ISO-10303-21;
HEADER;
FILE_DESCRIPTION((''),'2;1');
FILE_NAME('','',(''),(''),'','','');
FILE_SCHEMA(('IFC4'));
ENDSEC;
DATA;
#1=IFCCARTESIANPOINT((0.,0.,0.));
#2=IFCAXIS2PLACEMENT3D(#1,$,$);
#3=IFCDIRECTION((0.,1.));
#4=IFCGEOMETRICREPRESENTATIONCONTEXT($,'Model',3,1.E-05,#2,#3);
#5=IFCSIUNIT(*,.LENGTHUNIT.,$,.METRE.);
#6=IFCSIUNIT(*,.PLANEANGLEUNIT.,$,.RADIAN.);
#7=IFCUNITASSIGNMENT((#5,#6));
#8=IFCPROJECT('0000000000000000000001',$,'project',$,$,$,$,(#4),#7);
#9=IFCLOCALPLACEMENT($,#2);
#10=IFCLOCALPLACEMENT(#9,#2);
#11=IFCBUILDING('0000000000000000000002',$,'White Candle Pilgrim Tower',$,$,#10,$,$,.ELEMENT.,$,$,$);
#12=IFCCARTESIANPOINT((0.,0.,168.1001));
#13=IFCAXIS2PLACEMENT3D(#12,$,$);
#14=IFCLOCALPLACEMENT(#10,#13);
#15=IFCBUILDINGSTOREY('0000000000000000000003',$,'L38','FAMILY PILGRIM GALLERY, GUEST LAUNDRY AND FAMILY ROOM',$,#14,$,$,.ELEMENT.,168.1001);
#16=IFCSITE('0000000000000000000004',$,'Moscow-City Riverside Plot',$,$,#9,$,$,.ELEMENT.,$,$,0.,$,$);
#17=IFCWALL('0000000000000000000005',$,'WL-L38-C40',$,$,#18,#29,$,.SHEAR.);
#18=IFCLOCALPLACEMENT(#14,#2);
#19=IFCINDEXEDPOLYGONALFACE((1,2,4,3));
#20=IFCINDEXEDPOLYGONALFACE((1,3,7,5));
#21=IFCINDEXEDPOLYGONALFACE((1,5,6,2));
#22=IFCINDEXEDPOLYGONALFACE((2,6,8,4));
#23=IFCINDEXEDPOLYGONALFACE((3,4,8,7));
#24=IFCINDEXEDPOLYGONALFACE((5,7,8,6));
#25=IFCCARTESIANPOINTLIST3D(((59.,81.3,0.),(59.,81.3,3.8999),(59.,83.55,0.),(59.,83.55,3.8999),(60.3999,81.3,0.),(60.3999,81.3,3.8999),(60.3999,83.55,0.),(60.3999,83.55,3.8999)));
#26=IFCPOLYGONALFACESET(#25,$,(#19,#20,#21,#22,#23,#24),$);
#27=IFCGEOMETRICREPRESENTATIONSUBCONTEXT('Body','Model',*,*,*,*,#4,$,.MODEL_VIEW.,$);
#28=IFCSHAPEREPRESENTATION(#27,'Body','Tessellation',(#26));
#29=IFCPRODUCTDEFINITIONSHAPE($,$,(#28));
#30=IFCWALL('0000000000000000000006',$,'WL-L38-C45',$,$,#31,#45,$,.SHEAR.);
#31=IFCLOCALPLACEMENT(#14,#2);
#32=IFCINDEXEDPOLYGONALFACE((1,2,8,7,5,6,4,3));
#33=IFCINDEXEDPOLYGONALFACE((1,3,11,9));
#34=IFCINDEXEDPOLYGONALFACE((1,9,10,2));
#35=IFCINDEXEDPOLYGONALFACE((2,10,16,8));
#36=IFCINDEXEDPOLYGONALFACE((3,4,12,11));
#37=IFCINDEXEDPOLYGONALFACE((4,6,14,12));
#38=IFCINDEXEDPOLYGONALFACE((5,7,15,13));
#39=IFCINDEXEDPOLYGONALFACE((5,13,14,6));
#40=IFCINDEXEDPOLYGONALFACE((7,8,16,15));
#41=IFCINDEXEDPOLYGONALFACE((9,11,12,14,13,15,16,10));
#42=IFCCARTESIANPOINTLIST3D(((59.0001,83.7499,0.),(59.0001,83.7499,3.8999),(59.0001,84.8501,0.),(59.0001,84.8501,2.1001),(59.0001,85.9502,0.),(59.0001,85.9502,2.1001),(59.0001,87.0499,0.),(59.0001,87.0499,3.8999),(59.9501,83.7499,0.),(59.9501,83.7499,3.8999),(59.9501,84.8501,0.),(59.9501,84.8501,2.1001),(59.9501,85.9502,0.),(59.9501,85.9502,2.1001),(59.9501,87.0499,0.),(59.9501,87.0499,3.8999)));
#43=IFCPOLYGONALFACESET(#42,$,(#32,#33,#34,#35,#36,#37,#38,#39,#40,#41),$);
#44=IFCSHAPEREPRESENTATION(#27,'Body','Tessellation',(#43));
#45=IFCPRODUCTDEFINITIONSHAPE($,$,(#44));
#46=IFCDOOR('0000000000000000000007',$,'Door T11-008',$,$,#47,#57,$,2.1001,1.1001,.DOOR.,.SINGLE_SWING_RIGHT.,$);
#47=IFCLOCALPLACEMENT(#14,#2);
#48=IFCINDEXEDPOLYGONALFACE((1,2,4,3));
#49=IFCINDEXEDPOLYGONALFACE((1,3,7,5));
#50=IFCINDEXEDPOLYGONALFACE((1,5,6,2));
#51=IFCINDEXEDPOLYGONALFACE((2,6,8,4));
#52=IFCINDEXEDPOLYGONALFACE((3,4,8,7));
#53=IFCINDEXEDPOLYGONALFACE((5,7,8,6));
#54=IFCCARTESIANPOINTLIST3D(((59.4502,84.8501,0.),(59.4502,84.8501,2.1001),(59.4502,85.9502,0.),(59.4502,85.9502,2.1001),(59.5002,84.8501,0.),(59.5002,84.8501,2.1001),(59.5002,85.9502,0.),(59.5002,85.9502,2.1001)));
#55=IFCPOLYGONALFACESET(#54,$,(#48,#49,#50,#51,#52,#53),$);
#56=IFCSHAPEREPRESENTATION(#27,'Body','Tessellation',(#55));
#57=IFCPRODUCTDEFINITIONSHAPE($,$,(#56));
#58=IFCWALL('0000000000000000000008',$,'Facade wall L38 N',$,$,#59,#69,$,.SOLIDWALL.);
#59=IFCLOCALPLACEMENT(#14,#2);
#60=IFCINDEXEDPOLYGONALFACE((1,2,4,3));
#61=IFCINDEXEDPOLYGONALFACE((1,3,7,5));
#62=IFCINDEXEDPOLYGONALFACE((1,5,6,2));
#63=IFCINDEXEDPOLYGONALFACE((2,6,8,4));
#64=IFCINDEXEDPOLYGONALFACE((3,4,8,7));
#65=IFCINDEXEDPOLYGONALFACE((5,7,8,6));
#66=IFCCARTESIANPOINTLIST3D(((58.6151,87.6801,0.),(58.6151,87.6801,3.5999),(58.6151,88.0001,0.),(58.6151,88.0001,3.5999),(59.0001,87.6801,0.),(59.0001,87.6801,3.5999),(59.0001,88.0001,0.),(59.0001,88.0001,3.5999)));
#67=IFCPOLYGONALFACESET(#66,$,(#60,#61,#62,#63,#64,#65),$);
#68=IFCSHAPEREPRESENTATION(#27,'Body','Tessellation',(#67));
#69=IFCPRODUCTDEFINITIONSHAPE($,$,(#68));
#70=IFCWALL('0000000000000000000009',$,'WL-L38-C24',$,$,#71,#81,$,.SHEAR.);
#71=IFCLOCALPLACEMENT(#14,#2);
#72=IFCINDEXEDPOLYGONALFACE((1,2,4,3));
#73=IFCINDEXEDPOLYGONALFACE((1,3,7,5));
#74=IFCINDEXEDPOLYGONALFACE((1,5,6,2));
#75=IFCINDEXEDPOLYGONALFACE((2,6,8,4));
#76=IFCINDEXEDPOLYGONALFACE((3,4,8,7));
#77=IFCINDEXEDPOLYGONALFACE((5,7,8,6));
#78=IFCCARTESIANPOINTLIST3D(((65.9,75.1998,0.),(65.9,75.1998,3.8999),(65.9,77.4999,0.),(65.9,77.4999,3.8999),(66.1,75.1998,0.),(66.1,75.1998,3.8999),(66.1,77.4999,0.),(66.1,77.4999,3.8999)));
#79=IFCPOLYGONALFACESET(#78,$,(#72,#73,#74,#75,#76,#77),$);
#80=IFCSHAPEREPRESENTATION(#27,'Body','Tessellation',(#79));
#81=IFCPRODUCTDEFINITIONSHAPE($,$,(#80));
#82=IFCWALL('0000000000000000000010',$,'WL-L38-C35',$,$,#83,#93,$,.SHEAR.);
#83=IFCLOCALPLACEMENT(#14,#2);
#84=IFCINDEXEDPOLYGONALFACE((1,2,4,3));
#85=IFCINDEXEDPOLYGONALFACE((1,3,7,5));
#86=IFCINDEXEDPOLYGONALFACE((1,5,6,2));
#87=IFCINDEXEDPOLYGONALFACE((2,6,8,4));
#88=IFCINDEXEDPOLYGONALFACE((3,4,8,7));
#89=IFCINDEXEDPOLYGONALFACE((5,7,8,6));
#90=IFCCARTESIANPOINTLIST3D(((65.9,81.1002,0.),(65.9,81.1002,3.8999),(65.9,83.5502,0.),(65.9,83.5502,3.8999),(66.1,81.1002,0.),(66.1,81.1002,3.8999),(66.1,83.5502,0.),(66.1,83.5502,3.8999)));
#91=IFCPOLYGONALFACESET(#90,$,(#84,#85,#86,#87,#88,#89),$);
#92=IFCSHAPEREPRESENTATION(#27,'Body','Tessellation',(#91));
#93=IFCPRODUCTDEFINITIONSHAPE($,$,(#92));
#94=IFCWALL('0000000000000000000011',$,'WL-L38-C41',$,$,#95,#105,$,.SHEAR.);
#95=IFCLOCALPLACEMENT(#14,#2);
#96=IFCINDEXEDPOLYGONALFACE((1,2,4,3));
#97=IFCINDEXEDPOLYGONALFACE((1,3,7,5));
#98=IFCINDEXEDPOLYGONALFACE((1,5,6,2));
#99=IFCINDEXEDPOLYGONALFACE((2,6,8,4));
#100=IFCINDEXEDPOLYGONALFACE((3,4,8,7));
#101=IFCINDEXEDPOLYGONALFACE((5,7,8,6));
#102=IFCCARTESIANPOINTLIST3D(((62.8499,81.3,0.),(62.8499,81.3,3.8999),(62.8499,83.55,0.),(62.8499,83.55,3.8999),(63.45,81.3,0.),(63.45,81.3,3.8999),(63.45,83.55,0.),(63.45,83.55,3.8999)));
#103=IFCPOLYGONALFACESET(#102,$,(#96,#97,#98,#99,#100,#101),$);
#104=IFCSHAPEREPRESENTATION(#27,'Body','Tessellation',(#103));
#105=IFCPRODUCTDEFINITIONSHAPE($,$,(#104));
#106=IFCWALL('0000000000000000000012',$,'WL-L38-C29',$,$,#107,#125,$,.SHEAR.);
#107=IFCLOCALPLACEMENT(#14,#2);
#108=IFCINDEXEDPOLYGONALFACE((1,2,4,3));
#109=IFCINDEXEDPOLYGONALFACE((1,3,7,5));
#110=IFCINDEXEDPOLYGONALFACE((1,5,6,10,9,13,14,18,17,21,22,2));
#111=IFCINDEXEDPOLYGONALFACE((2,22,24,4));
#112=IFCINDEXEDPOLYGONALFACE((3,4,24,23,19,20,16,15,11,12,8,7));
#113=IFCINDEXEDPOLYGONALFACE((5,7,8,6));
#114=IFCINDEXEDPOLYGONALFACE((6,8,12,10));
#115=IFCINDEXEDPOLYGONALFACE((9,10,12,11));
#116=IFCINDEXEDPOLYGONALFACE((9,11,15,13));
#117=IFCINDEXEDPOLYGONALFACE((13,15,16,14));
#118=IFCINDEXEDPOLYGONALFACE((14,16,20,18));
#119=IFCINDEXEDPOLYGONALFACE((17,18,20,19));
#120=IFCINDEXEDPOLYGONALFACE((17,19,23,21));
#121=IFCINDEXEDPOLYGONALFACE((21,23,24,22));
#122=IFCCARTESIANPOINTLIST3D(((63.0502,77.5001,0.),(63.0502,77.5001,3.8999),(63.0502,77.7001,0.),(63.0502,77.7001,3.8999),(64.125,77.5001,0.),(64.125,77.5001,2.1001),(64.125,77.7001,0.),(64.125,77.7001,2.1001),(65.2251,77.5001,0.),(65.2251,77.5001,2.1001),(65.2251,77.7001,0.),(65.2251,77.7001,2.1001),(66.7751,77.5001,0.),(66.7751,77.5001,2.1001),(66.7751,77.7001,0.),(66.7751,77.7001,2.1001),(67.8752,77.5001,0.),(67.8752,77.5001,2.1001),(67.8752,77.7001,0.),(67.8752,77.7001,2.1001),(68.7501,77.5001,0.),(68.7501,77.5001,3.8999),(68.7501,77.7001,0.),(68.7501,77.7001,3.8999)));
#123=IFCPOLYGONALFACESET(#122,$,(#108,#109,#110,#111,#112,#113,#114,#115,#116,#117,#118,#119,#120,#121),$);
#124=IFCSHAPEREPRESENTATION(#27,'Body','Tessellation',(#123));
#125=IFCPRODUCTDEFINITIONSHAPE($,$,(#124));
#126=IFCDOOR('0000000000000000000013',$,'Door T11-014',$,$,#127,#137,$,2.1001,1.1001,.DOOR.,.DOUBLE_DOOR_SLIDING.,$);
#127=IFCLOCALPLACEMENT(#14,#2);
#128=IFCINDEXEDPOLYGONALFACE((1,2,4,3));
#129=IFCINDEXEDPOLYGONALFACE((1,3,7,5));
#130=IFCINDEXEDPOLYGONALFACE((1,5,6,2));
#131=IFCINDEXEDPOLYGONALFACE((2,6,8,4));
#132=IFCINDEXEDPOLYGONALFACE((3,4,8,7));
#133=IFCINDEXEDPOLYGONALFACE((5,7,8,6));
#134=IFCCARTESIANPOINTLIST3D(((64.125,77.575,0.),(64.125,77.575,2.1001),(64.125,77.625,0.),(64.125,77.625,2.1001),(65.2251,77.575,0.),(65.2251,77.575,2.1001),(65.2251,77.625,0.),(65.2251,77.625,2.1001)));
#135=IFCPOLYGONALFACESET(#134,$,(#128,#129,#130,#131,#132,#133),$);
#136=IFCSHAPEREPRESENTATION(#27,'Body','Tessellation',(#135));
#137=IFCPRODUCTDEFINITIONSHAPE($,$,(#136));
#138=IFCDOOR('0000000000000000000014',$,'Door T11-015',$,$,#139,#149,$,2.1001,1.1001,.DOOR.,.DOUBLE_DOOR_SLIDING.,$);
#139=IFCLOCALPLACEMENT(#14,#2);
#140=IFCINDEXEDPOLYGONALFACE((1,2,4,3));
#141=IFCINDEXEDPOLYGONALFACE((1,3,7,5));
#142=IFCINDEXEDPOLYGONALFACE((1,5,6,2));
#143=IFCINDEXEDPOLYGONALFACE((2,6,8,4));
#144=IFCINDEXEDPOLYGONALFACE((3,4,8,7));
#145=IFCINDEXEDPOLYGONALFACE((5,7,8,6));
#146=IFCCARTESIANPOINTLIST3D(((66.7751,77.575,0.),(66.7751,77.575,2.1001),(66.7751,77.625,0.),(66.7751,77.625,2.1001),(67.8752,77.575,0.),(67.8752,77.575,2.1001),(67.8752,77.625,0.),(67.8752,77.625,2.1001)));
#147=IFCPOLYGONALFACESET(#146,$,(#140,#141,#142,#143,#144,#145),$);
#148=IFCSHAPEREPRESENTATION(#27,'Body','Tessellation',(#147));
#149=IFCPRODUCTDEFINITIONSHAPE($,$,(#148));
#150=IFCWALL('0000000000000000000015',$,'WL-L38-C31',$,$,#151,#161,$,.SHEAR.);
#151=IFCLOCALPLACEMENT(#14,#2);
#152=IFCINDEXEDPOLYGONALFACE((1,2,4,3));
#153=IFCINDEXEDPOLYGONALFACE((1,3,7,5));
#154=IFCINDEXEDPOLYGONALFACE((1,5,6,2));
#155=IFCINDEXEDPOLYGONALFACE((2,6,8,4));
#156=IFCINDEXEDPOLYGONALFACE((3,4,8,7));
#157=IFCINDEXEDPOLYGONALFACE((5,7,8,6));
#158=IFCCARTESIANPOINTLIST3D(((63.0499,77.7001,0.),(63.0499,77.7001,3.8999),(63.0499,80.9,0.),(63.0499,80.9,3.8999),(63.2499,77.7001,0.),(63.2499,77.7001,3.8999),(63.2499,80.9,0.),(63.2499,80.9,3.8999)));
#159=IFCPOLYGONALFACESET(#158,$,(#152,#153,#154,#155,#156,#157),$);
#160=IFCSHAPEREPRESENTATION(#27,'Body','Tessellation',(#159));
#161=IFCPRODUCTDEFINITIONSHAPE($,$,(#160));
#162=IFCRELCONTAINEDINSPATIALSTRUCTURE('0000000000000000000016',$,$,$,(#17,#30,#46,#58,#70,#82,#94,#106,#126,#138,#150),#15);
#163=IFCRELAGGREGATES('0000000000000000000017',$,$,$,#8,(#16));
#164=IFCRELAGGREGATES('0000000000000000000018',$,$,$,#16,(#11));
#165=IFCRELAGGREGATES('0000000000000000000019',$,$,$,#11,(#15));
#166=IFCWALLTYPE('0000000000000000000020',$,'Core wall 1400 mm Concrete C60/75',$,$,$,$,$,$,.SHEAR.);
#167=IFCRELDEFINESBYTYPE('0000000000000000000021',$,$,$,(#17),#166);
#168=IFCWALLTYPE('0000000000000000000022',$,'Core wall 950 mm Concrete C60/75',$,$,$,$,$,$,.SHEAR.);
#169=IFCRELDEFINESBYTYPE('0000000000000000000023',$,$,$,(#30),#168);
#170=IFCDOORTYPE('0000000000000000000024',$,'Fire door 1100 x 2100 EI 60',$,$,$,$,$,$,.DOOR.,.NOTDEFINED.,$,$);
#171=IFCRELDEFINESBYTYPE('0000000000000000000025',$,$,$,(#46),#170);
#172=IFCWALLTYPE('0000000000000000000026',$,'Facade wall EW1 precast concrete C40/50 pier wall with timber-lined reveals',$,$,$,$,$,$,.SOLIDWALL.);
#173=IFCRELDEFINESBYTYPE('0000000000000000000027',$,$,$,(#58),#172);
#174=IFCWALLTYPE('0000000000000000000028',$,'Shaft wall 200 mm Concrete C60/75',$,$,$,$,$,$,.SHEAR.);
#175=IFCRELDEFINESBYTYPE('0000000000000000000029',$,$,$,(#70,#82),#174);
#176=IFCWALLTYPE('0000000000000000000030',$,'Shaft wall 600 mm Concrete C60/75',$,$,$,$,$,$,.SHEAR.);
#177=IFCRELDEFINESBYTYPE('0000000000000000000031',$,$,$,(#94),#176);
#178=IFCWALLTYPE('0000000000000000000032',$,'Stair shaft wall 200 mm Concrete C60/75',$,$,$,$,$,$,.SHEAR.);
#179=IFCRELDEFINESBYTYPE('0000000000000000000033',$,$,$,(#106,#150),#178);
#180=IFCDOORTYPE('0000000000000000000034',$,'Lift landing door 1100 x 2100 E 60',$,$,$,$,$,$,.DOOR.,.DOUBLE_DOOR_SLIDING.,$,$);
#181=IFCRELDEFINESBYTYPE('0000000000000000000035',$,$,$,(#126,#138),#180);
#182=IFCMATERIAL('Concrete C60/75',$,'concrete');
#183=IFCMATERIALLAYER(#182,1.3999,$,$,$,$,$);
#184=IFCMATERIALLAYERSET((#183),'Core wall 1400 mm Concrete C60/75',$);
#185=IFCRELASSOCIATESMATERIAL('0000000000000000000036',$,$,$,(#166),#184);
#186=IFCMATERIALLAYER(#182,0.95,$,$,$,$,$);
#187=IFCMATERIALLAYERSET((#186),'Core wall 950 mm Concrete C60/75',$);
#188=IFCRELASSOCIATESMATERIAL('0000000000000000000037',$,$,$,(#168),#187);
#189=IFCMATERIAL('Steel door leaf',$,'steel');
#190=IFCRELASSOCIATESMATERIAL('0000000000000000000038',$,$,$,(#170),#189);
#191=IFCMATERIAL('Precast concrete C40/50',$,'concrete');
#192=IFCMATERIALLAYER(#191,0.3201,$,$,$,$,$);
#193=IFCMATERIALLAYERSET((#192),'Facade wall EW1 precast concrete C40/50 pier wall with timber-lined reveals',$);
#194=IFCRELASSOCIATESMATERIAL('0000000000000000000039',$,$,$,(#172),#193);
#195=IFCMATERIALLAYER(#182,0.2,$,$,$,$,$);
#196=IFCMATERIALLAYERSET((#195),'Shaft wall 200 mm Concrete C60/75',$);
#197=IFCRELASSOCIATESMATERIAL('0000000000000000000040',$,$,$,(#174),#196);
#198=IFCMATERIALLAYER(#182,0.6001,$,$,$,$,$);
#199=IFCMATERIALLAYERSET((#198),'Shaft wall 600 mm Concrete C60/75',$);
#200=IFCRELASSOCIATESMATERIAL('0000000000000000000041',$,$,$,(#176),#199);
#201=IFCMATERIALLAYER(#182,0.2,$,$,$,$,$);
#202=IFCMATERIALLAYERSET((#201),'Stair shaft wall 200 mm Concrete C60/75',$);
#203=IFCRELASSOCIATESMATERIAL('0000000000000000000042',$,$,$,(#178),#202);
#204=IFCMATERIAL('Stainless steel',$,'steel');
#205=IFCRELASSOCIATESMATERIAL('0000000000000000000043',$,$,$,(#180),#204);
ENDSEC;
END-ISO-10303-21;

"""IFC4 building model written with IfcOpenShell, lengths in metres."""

from ifc_helpers import new_model, si_unit, direction, frame, frame_2d, origin, place, context, subcontext, project, spatial, rectangle, extrude, material, layer, layer_set, type_object, element, fill, save


model = new_model("IFC4")

# Units and contexts
model_context = context("Model", 3, precision=1e-05, world=origin(), true_north=direction((0.0, 1.0)))
body_context = subcontext(model_context, "Body", "Model", "MODEL_VIEW")
ifc_project = project(units=[si_unit("LENGTHUNIT", "METRE"), si_unit("PLANEANGLEUNIT", "RADIAN")], contexts=[model_context])

# Site, building, storey
site_placement = place(None, origin())
site = spatial("IfcSite", under=ifc_project, at=site_placement, Name="Moscow-City Riverside Plot", CompositionType="ELEMENT", RefElevation=0.0)
building_placement = place(site_placement, origin())
building = spatial("IfcBuilding", under=site, at=building_placement, Name="White Candle Pilgrim Tower", CompositionType="ELEMENT")
storey_placement = place(building_placement, frame((0.0, 0.0, 168.1001)))
storey = spatial("IfcBuildingStorey", under=building, at=storey_placement, Name="L38", Description="FAMILY PILGRIM GALLERY, GUEST LAUNDRY AND FAMILY ROOM", CompositionType="ELEMENT", Elevation=168.1001)

# Wall
ifc_material_1 = material(Name="Concrete C60/75", Category="concrete")
ifc_layer_1 = layer(ifc_material_1, 1.3999)
ifc_layer_set_1 = layer_set([ifc_layer_1], Name="Core wall 1400 mm Concrete C60/75")
wall_type_1 = type_object("IfcWallType", Name="Core wall 1400 mm Concrete C60/75", PredefinedType="SHEAR", material=ifc_layer_set_1)
wall_1_placement = place(storey_placement, frame((59.7, 81.3, 0.0), z_axis=(0.0, 0.0, 1.0), x_axis=(0.0, 1.0, 0.0)))
element("IfcWall", 1, at=wall_1_placement, inside=storey, type_object=wall_type_1, Name="WL-L38-C40", PredefinedType="SHEAR", context=body_context, shape_type="SweptSolid", body=[
    extrude(rectangle(XDim=2.25, YDim=1.3999, at=frame_2d((1.125, 0.0))), origin(), (0.0, 0.0, 1.0), 3.8999),
])

# Wall, opening, door
ifc_layer_2 = layer(ifc_material_1, 0.95)
ifc_layer_set_2 = layer_set([ifc_layer_2], Name="Core wall 950 mm Concrete C60/75")
wall_type_2 = type_object("IfcWallType", Name="Core wall 950 mm Concrete C60/75", PredefinedType="SHEAR", material=ifc_layer_set_2)
wall_2_placement = place(storey_placement, frame((59.4751, 83.75, 0.0), z_axis=(0.0, 0.0, 1.0), x_axis=(0.0, 1.0, 0.0)))
wall_2 = element("IfcWall", 2, at=wall_2_placement, inside=storey, type_object=wall_type_2, Name="WL-L38-C45", PredefinedType="SHEAR", context=body_context, shape_type="SweptSolid", body=[
    extrude(rectangle(XDim=3.3, YDim=0.95, at=frame_2d((1.6499, 0.0))), origin(), (0.0, 0.0, 1.0), 3.8999),
])
opening_1_placement = place(wall_2_placement, frame((1.1001, 0.0, 0.0)))
opening_1 = element("IfcOpeningElement", 3, at=opening_1_placement, cuts=wall_2, PredefinedType="OPENING", context=body_context, shape_type="SweptSolid", body=[
    extrude(rectangle(XDim=1.1001, YDim=2.1001, at=frame_2d((0.55, 1.05))), frame((0.0, 0.4849, 0.0), z_axis=(0.0, -1.0, 0.0), x_axis=(1.0, 0.0, 0.0)), (0.0, 0.0, 1.0), 0.97),
])
ifc_material_2 = material(Name="Steel door leaf", Category="steel")
door_type_1 = type_object("IfcDoorType", Name="Fire door 1100 x 2100 EI 60", OperationType="NOTDEFINED", PredefinedType="DOOR", material=ifc_material_2)
door_1_placement = place(opening_1_placement, origin())
door_1 = element("IfcDoor", 4, at=door_1_placement, inside=storey, type_object=door_type_1, Name="Door T11-008", OperationType="SINGLE_SWING_RIGHT", OverallHeight=2.1001, OverallWidth=1.1001, PredefinedType="DOOR", context=body_context, shape_type="SweptSolid", body=[
    extrude(rectangle(XDim=1.1001, YDim=2.1001, at=frame_2d((0.55, 1.05))), frame((0.0, 0.0249, 0.0), z_axis=(0.0, -1.0, 0.0), x_axis=(1.0, 0.0, 0.0)), (0.0, 0.0, 1.0), 0.05),
])
fill(opening_1, door_1)

# Walls
ifc_material_3 = material(Name="Precast concrete C40/50", Category="concrete")
ifc_layer_3 = layer(ifc_material_3, 0.3201)
ifc_layer_set_3 = layer_set([ifc_layer_3], Name="Facade wall EW1 precast concrete C40/50 pier wall with timber-lined reveals")
wall_type_3 = type_object("IfcWallType", Name="Facade wall EW1 precast concrete C40/50 pier wall with timber-lined reveals", PredefinedType="SOLIDWALL", material=ifc_layer_set_3)
wall_3_placement = place(storey_placement, frame((59.0, 87.8401, 0.0), z_axis=(0.0, 0.0, 1.0), x_axis=(-1.0, 0.0, 0.0)))
element("IfcWall", 5, at=wall_3_placement, inside=storey, type_object=wall_type_3, Name="Facade wall L38 N", PredefinedType="SOLIDWALL", context=body_context, shape_type="SweptSolid", body=[
    extrude(rectangle(XDim=0.385, YDim=0.3201, at=frame_2d((0.1924, 0.0))), origin(), (0.0, 0.0, 1.0), 3.5999),
])
ifc_layer_4 = layer(ifc_material_1, 0.2)
ifc_layer_set_4 = layer_set([ifc_layer_4], Name="Shaft wall 200 mm Concrete C60/75")
wall_type_4 = type_object("IfcWallType", Name="Shaft wall 200 mm Concrete C60/75", PredefinedType="SHEAR", material=ifc_layer_set_4)
wall_4_placement = place(storey_placement, frame((66.0, 75.2, 0.0), z_axis=(0.0, 0.0, 1.0), x_axis=(0.0, 1.0, 0.0)))
element("IfcWall", 6, at=wall_4_placement, inside=storey, type_object=wall_type_4, Name="WL-L38-C24", PredefinedType="SHEAR", context=body_context, shape_type="SweptSolid", body=[
    extrude(rectangle(XDim=2.3, YDim=0.2, at=frame_2d((1.1499, 0.0))), origin(), (0.0, 0.0, 1.0), 3.8999),
])
wall_5_placement = place(storey_placement, frame((66.0, 81.1001, 0.0), z_axis=(0.0, 0.0, 1.0), x_axis=(0.0, 1.0, 0.0)))
element("IfcWall", 7, at=wall_5_placement, inside=storey, type_object=wall_type_4, Name="WL-L38-C35", PredefinedType="SHEAR", context=body_context, shape_type="SweptSolid", body=[
    extrude(rectangle(XDim=2.45, YDim=0.2, at=frame_2d((1.2251, 0.0))), origin(), (0.0, 0.0, 1.0), 3.8999),
])
ifc_layer_5 = layer(ifc_material_1, 0.6001)
ifc_layer_set_5 = layer_set([ifc_layer_5], Name="Shaft wall 600 mm Concrete C60/75")
wall_type_5 = type_object("IfcWallType", Name="Shaft wall 600 mm Concrete C60/75", PredefinedType="SHEAR", material=ifc_layer_set_5)
wall_6_placement = place(storey_placement, frame((63.1499, 81.3, 0.0), z_axis=(0.0, 0.0, 1.0), x_axis=(0.0, 1.0, 0.0)))
element("IfcWall", 8, at=wall_6_placement, inside=storey, type_object=wall_type_5, Name="WL-L38-C41", PredefinedType="SHEAR", context=body_context, shape_type="SweptSolid", body=[
    extrude(rectangle(XDim=2.25, YDim=0.6001, at=frame_2d((1.125, 0.0))), origin(), (0.0, 0.0, 1.0), 3.8999),
])

# Wall, openings, doors
ifc_layer_6 = layer(ifc_material_1, 0.2)
ifc_layer_set_6 = layer_set([ifc_layer_6], Name="Stair shaft wall 200 mm Concrete C60/75")
wall_type_6 = type_object("IfcWallType", Name="Stair shaft wall 200 mm Concrete C60/75", PredefinedType="SHEAR", material=ifc_layer_set_6)
wall_7_placement = place(storey_placement, frame((63.05, 77.6001, 0.0), z_axis=(0.0, 0.0, 1.0), x_axis=(1.0, 0.0, 0.0)))
wall_7 = element("IfcWall", 9, at=wall_7_placement, inside=storey, type_object=wall_type_6, Name="WL-L38-C29", PredefinedType="SHEAR", context=body_context, shape_type="SweptSolid", body=[
    extrude(rectangle(XDim=5.7, YDim=0.2, at=frame_2d((2.8501, 0.0))), origin(), (0.0, 0.0, 1.0), 3.8999),
])
opening_2_placement = place(wall_7_placement, frame((1.075, 0.0, 0.0)))
opening_2 = element("IfcOpeningElement", 10, at=opening_2_placement, cuts=wall_7, PredefinedType="OPENING", context=body_context, shape_type="SweptSolid", body=[
    extrude(rectangle(XDim=1.1001, YDim=2.1001, at=frame_2d((0.55, 1.05))), frame((0.0, 0.1099, 0.0), z_axis=(0.0, -1.0, 0.0), x_axis=(1.0, 0.0, 0.0)), (0.0, 0.0, 1.0), 0.22),
])
opening_3_placement = place(wall_7_placement, frame((3.7251, 0.0, 0.0)))
opening_3 = element("IfcOpeningElement", 11, at=opening_3_placement, cuts=wall_7, PredefinedType="OPENING", context=body_context, shape_type="SweptSolid", body=[
    extrude(rectangle(XDim=1.1001, YDim=2.1001, at=frame_2d((0.55, 1.05))), frame((0.0, 0.1099, 0.0), z_axis=(0.0, -1.0, 0.0), x_axis=(1.0, 0.0, 0.0)), (0.0, 0.0, 1.0), 0.22),
])
ifc_material_4 = material(Name="Stainless steel", Category="steel")
door_type_2 = type_object("IfcDoorType", Name="Lift landing door 1100 x 2100 E 60", OperationType="DOUBLE_DOOR_SLIDING", PredefinedType="DOOR", material=ifc_material_4)
door_2_placement = place(opening_2_placement, origin())
door_2 = element("IfcDoor", 12, at=door_2_placement, inside=storey, type_object=door_type_2, Name="Door T11-014", OperationType="DOUBLE_DOOR_SLIDING", OverallHeight=2.1001, OverallWidth=1.1001, PredefinedType="DOOR", context=body_context, shape_type="SweptSolid", body=[
    extrude(rectangle(XDim=1.1001, YDim=2.1001, at=frame_2d((0.55, 1.05))), frame((0.0, 0.0249, 0.0), z_axis=(0.0, -1.0, 0.0), x_axis=(1.0, 0.0, 0.0)), (0.0, 0.0, 1.0), 0.05),
])
fill(opening_2, door_2)
door_3_placement = place(opening_3_placement, origin())
door_3 = element("IfcDoor", 13, at=door_3_placement, inside=storey, type_object=door_type_2, Name="Door T11-015", OperationType="DOUBLE_DOOR_SLIDING", OverallHeight=2.1001, OverallWidth=1.1001, PredefinedType="DOOR", context=body_context, shape_type="SweptSolid", body=[
    extrude(rectangle(XDim=1.1001, YDim=2.1001, at=frame_2d((0.55, 1.05))), frame((0.0, 0.0249, 0.0), z_axis=(0.0, -1.0, 0.0), x_axis=(1.0, 0.0, 0.0)), (0.0, 0.0, 1.0), 0.05),
])
fill(opening_3, door_3)

# Wall
wall_8_placement = place(storey_placement, frame((63.1499, 77.7, 0.0), z_axis=(0.0, 0.0, 1.0), x_axis=(0.0, 1.0, 0.0)))
element("IfcWall", 14, at=wall_8_placement, inside=storey, type_object=wall_type_6, Name="WL-L38-C31", PredefinedType="SHEAR", context=body_context, shape_type="SweptSolid", body=[
    extrude(rectangle(XDim=3.2, YDim=0.2, at=frame_2d((1.6001, 0.0))), origin(), (0.0, 0.0, 1.0), 3.8999),
])

save(model, "model.ifc")
